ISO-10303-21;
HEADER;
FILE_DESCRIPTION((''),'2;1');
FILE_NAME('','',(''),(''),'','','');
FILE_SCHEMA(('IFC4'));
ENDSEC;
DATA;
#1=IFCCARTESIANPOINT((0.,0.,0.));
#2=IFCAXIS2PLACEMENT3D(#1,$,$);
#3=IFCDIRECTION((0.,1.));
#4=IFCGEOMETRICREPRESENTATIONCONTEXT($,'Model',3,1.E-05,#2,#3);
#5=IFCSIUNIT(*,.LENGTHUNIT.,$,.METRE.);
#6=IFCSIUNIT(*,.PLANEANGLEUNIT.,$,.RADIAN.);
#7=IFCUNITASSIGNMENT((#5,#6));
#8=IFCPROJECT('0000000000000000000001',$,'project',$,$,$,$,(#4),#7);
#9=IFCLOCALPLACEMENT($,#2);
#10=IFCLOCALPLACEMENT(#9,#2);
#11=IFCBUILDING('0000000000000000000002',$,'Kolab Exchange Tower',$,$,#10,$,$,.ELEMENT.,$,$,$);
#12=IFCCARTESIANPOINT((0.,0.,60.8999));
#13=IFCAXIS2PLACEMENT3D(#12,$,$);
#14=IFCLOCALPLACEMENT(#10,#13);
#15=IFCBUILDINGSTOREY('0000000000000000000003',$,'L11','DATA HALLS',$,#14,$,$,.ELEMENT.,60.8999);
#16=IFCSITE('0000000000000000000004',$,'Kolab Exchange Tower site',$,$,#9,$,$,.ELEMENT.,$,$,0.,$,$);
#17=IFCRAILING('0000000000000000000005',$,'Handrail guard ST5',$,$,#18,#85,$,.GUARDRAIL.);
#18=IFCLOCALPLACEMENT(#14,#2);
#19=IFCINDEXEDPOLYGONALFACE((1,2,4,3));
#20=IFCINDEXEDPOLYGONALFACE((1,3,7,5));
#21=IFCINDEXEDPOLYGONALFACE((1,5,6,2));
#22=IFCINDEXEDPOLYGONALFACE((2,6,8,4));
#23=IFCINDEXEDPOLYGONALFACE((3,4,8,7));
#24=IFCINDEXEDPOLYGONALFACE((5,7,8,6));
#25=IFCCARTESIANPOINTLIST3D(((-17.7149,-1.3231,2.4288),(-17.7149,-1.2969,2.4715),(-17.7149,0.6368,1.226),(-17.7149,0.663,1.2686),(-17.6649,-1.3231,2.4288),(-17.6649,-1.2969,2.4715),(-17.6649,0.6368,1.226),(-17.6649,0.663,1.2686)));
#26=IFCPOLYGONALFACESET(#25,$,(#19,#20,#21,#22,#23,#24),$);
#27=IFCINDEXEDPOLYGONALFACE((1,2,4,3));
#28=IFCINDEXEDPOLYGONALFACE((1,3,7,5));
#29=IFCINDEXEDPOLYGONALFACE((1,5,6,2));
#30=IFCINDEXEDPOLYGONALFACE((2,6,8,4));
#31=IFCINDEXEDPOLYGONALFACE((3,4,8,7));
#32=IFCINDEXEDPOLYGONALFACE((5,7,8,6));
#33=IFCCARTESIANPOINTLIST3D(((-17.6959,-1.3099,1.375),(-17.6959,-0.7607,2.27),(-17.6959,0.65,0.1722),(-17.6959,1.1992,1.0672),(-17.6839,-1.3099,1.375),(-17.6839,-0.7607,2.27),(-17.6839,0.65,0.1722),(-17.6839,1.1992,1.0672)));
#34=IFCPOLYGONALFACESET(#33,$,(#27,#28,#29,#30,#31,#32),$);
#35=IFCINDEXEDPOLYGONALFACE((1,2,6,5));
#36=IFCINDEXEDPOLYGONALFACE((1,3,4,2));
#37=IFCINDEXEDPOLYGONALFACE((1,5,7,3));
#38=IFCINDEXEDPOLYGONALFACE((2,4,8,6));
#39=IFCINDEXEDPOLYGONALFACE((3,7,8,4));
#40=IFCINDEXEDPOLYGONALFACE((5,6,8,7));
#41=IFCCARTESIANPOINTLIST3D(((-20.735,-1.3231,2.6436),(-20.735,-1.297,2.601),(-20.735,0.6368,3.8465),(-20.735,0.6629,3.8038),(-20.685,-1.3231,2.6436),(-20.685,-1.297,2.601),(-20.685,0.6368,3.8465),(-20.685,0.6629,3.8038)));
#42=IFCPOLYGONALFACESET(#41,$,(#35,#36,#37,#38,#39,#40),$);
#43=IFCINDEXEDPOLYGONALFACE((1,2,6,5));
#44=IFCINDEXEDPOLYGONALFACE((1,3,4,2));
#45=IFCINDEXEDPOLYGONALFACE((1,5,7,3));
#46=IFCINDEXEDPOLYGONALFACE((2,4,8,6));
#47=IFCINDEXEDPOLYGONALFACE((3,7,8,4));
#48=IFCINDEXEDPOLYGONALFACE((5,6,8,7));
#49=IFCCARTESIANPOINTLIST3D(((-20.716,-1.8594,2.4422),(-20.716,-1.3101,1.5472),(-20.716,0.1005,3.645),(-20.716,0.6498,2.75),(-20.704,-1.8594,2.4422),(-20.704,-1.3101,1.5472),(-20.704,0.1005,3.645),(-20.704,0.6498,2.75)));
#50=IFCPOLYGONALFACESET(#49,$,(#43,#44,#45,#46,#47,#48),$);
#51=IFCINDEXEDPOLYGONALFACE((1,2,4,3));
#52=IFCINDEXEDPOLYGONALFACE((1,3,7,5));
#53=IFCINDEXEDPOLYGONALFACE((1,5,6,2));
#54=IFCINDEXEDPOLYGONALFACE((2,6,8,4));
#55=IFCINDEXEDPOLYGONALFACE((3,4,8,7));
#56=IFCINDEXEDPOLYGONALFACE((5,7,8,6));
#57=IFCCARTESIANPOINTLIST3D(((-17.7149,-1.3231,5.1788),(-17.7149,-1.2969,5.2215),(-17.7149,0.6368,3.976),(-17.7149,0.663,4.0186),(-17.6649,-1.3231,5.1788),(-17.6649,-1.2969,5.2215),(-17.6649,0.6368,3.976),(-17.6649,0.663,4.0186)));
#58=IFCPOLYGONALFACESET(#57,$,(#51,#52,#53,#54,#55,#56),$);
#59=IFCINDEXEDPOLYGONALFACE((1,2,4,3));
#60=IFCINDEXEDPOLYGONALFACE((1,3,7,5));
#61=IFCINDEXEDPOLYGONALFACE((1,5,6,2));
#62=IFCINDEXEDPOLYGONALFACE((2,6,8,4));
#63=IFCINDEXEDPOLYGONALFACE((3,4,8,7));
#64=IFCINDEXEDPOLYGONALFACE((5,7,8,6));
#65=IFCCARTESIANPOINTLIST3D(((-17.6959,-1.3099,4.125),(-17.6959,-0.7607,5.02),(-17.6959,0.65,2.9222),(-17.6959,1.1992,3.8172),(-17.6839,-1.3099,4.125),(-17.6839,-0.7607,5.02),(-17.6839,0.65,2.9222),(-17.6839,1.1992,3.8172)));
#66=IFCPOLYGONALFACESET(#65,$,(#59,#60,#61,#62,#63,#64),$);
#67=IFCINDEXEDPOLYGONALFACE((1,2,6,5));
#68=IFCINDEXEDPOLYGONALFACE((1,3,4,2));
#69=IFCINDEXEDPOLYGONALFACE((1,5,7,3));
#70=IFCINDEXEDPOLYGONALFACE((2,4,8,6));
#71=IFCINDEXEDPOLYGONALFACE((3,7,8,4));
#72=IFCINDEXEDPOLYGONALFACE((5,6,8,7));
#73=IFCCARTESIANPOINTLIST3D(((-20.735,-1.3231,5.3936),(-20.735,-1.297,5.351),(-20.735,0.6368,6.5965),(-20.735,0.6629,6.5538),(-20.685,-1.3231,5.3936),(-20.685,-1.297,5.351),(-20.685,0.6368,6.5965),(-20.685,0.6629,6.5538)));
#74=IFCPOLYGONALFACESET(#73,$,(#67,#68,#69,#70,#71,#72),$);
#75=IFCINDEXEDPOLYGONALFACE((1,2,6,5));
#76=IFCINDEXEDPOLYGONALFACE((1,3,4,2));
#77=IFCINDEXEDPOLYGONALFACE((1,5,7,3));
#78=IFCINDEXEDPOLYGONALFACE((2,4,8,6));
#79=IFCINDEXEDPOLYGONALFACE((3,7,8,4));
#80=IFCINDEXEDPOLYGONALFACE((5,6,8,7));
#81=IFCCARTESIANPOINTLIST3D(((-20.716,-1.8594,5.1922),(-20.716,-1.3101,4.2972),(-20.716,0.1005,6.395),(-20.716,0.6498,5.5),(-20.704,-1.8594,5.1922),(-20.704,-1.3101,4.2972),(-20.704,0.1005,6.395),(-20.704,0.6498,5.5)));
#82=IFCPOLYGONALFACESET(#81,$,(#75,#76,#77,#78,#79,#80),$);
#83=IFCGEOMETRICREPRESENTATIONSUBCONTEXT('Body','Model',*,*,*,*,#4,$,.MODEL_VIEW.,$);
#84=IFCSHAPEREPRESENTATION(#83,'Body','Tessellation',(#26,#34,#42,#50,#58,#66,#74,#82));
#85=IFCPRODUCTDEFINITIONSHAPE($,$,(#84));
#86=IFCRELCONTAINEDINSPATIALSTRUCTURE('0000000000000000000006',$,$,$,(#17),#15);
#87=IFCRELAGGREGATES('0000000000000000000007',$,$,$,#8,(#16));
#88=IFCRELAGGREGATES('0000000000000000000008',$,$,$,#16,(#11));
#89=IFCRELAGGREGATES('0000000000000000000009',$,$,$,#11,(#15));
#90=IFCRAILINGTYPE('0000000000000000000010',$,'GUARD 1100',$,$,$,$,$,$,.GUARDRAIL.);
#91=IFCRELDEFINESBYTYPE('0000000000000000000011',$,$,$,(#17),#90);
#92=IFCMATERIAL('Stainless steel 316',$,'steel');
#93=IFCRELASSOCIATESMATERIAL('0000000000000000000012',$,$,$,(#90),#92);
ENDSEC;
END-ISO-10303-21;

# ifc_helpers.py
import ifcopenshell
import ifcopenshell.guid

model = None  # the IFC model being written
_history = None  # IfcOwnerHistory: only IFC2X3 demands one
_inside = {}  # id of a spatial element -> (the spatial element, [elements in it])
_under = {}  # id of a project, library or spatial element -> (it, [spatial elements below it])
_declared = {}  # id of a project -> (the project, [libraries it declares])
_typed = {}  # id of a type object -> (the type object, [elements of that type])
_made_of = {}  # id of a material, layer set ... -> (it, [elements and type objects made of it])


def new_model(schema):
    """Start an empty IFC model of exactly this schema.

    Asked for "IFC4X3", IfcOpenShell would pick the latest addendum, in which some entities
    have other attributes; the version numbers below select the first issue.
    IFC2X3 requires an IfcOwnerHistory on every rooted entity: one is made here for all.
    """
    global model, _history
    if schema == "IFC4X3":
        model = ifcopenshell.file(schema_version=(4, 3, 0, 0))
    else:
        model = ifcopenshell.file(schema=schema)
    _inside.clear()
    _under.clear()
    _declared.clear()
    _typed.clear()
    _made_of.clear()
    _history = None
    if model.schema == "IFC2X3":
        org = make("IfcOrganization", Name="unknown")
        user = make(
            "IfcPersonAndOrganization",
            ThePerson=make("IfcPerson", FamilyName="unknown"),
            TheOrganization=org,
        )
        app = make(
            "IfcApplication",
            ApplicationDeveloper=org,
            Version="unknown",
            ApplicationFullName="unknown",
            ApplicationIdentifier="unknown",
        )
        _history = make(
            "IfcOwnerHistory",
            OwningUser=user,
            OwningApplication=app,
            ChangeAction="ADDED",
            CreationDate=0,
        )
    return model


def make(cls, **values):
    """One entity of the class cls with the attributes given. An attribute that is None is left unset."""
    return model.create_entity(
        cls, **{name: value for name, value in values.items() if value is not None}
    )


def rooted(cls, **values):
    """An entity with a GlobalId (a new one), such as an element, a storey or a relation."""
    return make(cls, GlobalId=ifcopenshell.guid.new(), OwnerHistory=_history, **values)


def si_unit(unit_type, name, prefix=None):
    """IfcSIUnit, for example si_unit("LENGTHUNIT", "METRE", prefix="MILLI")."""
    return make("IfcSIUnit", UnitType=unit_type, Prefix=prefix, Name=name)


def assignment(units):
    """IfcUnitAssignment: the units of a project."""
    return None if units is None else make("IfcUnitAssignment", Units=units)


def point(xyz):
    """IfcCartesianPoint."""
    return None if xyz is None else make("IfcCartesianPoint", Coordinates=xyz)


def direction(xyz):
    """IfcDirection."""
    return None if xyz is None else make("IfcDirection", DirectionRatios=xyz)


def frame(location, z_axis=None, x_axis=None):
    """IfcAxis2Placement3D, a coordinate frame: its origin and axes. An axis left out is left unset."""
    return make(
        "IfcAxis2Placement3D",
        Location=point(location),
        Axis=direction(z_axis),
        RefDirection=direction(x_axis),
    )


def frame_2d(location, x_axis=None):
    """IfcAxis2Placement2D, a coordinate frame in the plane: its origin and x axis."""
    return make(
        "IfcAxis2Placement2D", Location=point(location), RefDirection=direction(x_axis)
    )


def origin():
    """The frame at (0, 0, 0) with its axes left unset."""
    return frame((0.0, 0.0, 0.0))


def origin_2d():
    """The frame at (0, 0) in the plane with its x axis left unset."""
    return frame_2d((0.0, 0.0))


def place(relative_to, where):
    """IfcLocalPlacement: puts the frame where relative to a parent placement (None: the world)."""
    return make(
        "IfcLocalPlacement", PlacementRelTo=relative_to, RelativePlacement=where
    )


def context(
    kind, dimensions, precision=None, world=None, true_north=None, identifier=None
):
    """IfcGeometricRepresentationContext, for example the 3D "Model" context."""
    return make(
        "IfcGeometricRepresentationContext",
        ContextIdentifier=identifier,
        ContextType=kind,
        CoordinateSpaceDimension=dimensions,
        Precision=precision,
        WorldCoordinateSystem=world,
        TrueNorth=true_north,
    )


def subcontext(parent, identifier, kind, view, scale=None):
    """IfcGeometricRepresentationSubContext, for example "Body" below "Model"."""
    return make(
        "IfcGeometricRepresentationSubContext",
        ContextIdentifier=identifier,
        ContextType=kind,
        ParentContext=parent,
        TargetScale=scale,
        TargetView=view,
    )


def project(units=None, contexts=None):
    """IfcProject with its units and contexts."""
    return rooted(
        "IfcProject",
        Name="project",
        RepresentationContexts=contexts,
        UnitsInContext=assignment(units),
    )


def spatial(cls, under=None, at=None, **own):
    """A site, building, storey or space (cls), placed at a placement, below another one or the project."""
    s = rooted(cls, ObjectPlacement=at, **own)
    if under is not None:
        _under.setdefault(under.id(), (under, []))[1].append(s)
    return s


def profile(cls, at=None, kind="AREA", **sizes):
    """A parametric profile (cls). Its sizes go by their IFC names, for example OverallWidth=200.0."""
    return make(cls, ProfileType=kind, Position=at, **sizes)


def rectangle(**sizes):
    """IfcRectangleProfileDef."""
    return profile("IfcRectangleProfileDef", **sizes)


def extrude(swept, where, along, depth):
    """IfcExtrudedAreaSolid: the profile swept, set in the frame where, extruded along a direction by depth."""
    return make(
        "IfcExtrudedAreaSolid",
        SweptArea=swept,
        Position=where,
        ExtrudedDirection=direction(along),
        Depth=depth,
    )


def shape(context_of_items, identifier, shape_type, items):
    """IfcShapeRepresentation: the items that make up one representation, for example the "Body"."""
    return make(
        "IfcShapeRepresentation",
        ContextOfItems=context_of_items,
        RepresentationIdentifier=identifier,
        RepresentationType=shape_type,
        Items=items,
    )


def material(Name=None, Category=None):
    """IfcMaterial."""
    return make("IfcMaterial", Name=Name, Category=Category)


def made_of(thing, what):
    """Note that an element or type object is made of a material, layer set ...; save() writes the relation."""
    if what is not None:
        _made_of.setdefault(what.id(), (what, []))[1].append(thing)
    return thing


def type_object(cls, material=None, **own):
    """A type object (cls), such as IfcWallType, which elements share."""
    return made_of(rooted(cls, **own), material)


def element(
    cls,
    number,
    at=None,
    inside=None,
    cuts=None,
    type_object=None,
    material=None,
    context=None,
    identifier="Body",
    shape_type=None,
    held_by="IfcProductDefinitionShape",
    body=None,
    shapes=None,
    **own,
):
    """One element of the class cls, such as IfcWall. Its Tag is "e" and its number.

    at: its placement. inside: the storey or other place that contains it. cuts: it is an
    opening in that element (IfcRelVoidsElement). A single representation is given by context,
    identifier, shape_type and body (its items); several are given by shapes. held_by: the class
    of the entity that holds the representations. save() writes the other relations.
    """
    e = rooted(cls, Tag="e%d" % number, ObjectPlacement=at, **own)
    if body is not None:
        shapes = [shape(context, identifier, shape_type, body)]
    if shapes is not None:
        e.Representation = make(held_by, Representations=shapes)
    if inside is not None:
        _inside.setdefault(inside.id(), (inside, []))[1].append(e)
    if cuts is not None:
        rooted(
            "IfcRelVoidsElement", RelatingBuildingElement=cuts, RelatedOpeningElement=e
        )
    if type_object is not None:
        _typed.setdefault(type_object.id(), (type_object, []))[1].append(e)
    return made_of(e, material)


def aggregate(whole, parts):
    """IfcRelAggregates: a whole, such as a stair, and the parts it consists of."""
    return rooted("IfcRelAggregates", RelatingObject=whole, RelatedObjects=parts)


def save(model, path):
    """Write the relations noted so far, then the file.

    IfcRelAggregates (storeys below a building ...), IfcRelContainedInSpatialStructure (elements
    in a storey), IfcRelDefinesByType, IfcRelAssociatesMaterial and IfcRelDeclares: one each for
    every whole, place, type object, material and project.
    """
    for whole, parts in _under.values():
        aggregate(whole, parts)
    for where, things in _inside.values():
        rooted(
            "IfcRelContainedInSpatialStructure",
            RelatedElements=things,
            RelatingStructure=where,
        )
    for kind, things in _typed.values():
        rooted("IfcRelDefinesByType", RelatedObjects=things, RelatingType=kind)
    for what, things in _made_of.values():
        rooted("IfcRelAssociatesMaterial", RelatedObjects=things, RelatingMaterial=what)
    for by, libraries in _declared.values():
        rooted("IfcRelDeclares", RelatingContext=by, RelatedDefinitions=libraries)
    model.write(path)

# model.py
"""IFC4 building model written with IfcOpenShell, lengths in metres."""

from ifc_helpers import new_model, si_unit, direction, frame, frame_2d, origin, origin_2d, place, context, subcontext, project, spatial, rectangle, extrude, material, type_object, element, save


model = new_model("IFC4")

# Units and contexts
model_context = context("Model", 3, precision=1e-05, world=origin(), true_north=direction((0.0, 1.0)))
body_context = subcontext(model_context, "Body", "Model", "MODEL_VIEW")
ifc_project = project(units=[si_unit("LENGTHUNIT", "METRE"), si_unit("PLANEANGLEUNIT", "RADIAN")], contexts=[model_context])

# Site, building, storey
site_placement = place(None, origin())
site = spatial("IfcSite", under=ifc_project, at=site_placement, Name="Kolab Exchange Tower site", CompositionType="ELEMENT", RefElevation=0.0)
building_placement = place(site_placement, origin())
building = spatial("IfcBuilding", under=site, at=building_placement, Name="Kolab Exchange Tower", CompositionType="ELEMENT")
storey_placement = place(building_placement, frame((0.0, 0.0, 60.8999)))
storey = spatial("IfcBuildingStorey", under=building, at=storey_placement, Name="L11", Description="DATA HALLS", CompositionType="ELEMENT", Elevation=60.8999)

# Railing
ifc_material_1 = material(Name="Stainless steel 316", Category="steel")
railing_type = type_object("IfcRailingType", Name="GUARD 1100", PredefinedType="GUARDRAIL", material=ifc_material_1)
railing_placement = place(storey_placement, frame((-17.6899, 0.6499, 0.1721)))
element("IfcRailing", 1, at=railing_placement, inside=storey, type_object=railing_type, Name="Handrail guard ST5", PredefinedType="GUARDRAIL", context=body_context, shape_type="SweptSolid", body=[
    extrude(rectangle(XDim=0.05, YDim=0.05, at=origin_2d()), frame((0.0, 0.0, 1.0752), z_axis=(0.0, -0.852288, 0.523072), x_axis=(1.0, 0.0, 0.0)), (0.0, 0.0, 1.0), 2.2996),
    extrude(rectangle(XDim=0.012, YDim=1.0501, at=frame_2d((0.0, 0.5251))), frame((0.0, 0.0, 0.0), z_axis=(0.0, -0.852288, 0.523072), x_axis=(1.0, 0.0, 0.0)), (0.0, 0.0, 1.0), 2.2996),
    extrude(rectangle(XDim=0.05, YDim=0.05, at=origin_2d()), frame((-3.02, -1.96, 2.4502), z_axis=(0.0, 0.852288, 0.523072), x_axis=(-1.0, 0.0, 0.0)), (0.0, 0.0, 1.0), 2.2996),
    extrude(rectangle(XDim=0.012, YDim=1.0501, at=frame_2d((0.0, 0.5251))), frame((-3.02, -1.96, 1.375), z_axis=(0.0, 0.852288, 0.523072), x_axis=(-1.0, 0.0, 0.0)), (0.0, 0.0, 1.0), 2.2996),
    extrude(rectangle(XDim=0.05, YDim=0.05, at=origin_2d()), frame((0.0, 0.0, 3.8252), z_axis=(0.0, -0.852288, 0.523072), x_axis=(1.0, 0.0, 0.0)), (0.0, 0.0, 1.0), 2.2996),
    extrude(rectangle(XDim=0.012, YDim=1.0501, at=frame_2d((0.0, 0.5251))), frame((0.0, 0.0, 2.75), z_axis=(0.0, -0.852288, 0.523072), x_axis=(1.0, 0.0, 0.0)), (0.0, 0.0, 1.0), 2.2996),
    extrude(rectangle(XDim=0.05, YDim=0.05, at=origin_2d()), frame((-3.02, -1.96, 5.2002), z_axis=(0.0, 0.852288, 0.523072), x_axis=(-1.0, 0.0, 0.0)), (0.0, 0.0, 1.0), 2.2996),
    extrude(rectangle(XDim=0.012, YDim=1.0501, at=frame_2d((0.0, 0.5251))), frame((-3.02, -1.96, 4.125), z_axis=(0.0, 0.852288, 0.523072), x_axis=(-1.0, 0.0, 0.0)), (0.0, 0.0, 1.0), 2.2996),
])

save(model, "model.ifc")
